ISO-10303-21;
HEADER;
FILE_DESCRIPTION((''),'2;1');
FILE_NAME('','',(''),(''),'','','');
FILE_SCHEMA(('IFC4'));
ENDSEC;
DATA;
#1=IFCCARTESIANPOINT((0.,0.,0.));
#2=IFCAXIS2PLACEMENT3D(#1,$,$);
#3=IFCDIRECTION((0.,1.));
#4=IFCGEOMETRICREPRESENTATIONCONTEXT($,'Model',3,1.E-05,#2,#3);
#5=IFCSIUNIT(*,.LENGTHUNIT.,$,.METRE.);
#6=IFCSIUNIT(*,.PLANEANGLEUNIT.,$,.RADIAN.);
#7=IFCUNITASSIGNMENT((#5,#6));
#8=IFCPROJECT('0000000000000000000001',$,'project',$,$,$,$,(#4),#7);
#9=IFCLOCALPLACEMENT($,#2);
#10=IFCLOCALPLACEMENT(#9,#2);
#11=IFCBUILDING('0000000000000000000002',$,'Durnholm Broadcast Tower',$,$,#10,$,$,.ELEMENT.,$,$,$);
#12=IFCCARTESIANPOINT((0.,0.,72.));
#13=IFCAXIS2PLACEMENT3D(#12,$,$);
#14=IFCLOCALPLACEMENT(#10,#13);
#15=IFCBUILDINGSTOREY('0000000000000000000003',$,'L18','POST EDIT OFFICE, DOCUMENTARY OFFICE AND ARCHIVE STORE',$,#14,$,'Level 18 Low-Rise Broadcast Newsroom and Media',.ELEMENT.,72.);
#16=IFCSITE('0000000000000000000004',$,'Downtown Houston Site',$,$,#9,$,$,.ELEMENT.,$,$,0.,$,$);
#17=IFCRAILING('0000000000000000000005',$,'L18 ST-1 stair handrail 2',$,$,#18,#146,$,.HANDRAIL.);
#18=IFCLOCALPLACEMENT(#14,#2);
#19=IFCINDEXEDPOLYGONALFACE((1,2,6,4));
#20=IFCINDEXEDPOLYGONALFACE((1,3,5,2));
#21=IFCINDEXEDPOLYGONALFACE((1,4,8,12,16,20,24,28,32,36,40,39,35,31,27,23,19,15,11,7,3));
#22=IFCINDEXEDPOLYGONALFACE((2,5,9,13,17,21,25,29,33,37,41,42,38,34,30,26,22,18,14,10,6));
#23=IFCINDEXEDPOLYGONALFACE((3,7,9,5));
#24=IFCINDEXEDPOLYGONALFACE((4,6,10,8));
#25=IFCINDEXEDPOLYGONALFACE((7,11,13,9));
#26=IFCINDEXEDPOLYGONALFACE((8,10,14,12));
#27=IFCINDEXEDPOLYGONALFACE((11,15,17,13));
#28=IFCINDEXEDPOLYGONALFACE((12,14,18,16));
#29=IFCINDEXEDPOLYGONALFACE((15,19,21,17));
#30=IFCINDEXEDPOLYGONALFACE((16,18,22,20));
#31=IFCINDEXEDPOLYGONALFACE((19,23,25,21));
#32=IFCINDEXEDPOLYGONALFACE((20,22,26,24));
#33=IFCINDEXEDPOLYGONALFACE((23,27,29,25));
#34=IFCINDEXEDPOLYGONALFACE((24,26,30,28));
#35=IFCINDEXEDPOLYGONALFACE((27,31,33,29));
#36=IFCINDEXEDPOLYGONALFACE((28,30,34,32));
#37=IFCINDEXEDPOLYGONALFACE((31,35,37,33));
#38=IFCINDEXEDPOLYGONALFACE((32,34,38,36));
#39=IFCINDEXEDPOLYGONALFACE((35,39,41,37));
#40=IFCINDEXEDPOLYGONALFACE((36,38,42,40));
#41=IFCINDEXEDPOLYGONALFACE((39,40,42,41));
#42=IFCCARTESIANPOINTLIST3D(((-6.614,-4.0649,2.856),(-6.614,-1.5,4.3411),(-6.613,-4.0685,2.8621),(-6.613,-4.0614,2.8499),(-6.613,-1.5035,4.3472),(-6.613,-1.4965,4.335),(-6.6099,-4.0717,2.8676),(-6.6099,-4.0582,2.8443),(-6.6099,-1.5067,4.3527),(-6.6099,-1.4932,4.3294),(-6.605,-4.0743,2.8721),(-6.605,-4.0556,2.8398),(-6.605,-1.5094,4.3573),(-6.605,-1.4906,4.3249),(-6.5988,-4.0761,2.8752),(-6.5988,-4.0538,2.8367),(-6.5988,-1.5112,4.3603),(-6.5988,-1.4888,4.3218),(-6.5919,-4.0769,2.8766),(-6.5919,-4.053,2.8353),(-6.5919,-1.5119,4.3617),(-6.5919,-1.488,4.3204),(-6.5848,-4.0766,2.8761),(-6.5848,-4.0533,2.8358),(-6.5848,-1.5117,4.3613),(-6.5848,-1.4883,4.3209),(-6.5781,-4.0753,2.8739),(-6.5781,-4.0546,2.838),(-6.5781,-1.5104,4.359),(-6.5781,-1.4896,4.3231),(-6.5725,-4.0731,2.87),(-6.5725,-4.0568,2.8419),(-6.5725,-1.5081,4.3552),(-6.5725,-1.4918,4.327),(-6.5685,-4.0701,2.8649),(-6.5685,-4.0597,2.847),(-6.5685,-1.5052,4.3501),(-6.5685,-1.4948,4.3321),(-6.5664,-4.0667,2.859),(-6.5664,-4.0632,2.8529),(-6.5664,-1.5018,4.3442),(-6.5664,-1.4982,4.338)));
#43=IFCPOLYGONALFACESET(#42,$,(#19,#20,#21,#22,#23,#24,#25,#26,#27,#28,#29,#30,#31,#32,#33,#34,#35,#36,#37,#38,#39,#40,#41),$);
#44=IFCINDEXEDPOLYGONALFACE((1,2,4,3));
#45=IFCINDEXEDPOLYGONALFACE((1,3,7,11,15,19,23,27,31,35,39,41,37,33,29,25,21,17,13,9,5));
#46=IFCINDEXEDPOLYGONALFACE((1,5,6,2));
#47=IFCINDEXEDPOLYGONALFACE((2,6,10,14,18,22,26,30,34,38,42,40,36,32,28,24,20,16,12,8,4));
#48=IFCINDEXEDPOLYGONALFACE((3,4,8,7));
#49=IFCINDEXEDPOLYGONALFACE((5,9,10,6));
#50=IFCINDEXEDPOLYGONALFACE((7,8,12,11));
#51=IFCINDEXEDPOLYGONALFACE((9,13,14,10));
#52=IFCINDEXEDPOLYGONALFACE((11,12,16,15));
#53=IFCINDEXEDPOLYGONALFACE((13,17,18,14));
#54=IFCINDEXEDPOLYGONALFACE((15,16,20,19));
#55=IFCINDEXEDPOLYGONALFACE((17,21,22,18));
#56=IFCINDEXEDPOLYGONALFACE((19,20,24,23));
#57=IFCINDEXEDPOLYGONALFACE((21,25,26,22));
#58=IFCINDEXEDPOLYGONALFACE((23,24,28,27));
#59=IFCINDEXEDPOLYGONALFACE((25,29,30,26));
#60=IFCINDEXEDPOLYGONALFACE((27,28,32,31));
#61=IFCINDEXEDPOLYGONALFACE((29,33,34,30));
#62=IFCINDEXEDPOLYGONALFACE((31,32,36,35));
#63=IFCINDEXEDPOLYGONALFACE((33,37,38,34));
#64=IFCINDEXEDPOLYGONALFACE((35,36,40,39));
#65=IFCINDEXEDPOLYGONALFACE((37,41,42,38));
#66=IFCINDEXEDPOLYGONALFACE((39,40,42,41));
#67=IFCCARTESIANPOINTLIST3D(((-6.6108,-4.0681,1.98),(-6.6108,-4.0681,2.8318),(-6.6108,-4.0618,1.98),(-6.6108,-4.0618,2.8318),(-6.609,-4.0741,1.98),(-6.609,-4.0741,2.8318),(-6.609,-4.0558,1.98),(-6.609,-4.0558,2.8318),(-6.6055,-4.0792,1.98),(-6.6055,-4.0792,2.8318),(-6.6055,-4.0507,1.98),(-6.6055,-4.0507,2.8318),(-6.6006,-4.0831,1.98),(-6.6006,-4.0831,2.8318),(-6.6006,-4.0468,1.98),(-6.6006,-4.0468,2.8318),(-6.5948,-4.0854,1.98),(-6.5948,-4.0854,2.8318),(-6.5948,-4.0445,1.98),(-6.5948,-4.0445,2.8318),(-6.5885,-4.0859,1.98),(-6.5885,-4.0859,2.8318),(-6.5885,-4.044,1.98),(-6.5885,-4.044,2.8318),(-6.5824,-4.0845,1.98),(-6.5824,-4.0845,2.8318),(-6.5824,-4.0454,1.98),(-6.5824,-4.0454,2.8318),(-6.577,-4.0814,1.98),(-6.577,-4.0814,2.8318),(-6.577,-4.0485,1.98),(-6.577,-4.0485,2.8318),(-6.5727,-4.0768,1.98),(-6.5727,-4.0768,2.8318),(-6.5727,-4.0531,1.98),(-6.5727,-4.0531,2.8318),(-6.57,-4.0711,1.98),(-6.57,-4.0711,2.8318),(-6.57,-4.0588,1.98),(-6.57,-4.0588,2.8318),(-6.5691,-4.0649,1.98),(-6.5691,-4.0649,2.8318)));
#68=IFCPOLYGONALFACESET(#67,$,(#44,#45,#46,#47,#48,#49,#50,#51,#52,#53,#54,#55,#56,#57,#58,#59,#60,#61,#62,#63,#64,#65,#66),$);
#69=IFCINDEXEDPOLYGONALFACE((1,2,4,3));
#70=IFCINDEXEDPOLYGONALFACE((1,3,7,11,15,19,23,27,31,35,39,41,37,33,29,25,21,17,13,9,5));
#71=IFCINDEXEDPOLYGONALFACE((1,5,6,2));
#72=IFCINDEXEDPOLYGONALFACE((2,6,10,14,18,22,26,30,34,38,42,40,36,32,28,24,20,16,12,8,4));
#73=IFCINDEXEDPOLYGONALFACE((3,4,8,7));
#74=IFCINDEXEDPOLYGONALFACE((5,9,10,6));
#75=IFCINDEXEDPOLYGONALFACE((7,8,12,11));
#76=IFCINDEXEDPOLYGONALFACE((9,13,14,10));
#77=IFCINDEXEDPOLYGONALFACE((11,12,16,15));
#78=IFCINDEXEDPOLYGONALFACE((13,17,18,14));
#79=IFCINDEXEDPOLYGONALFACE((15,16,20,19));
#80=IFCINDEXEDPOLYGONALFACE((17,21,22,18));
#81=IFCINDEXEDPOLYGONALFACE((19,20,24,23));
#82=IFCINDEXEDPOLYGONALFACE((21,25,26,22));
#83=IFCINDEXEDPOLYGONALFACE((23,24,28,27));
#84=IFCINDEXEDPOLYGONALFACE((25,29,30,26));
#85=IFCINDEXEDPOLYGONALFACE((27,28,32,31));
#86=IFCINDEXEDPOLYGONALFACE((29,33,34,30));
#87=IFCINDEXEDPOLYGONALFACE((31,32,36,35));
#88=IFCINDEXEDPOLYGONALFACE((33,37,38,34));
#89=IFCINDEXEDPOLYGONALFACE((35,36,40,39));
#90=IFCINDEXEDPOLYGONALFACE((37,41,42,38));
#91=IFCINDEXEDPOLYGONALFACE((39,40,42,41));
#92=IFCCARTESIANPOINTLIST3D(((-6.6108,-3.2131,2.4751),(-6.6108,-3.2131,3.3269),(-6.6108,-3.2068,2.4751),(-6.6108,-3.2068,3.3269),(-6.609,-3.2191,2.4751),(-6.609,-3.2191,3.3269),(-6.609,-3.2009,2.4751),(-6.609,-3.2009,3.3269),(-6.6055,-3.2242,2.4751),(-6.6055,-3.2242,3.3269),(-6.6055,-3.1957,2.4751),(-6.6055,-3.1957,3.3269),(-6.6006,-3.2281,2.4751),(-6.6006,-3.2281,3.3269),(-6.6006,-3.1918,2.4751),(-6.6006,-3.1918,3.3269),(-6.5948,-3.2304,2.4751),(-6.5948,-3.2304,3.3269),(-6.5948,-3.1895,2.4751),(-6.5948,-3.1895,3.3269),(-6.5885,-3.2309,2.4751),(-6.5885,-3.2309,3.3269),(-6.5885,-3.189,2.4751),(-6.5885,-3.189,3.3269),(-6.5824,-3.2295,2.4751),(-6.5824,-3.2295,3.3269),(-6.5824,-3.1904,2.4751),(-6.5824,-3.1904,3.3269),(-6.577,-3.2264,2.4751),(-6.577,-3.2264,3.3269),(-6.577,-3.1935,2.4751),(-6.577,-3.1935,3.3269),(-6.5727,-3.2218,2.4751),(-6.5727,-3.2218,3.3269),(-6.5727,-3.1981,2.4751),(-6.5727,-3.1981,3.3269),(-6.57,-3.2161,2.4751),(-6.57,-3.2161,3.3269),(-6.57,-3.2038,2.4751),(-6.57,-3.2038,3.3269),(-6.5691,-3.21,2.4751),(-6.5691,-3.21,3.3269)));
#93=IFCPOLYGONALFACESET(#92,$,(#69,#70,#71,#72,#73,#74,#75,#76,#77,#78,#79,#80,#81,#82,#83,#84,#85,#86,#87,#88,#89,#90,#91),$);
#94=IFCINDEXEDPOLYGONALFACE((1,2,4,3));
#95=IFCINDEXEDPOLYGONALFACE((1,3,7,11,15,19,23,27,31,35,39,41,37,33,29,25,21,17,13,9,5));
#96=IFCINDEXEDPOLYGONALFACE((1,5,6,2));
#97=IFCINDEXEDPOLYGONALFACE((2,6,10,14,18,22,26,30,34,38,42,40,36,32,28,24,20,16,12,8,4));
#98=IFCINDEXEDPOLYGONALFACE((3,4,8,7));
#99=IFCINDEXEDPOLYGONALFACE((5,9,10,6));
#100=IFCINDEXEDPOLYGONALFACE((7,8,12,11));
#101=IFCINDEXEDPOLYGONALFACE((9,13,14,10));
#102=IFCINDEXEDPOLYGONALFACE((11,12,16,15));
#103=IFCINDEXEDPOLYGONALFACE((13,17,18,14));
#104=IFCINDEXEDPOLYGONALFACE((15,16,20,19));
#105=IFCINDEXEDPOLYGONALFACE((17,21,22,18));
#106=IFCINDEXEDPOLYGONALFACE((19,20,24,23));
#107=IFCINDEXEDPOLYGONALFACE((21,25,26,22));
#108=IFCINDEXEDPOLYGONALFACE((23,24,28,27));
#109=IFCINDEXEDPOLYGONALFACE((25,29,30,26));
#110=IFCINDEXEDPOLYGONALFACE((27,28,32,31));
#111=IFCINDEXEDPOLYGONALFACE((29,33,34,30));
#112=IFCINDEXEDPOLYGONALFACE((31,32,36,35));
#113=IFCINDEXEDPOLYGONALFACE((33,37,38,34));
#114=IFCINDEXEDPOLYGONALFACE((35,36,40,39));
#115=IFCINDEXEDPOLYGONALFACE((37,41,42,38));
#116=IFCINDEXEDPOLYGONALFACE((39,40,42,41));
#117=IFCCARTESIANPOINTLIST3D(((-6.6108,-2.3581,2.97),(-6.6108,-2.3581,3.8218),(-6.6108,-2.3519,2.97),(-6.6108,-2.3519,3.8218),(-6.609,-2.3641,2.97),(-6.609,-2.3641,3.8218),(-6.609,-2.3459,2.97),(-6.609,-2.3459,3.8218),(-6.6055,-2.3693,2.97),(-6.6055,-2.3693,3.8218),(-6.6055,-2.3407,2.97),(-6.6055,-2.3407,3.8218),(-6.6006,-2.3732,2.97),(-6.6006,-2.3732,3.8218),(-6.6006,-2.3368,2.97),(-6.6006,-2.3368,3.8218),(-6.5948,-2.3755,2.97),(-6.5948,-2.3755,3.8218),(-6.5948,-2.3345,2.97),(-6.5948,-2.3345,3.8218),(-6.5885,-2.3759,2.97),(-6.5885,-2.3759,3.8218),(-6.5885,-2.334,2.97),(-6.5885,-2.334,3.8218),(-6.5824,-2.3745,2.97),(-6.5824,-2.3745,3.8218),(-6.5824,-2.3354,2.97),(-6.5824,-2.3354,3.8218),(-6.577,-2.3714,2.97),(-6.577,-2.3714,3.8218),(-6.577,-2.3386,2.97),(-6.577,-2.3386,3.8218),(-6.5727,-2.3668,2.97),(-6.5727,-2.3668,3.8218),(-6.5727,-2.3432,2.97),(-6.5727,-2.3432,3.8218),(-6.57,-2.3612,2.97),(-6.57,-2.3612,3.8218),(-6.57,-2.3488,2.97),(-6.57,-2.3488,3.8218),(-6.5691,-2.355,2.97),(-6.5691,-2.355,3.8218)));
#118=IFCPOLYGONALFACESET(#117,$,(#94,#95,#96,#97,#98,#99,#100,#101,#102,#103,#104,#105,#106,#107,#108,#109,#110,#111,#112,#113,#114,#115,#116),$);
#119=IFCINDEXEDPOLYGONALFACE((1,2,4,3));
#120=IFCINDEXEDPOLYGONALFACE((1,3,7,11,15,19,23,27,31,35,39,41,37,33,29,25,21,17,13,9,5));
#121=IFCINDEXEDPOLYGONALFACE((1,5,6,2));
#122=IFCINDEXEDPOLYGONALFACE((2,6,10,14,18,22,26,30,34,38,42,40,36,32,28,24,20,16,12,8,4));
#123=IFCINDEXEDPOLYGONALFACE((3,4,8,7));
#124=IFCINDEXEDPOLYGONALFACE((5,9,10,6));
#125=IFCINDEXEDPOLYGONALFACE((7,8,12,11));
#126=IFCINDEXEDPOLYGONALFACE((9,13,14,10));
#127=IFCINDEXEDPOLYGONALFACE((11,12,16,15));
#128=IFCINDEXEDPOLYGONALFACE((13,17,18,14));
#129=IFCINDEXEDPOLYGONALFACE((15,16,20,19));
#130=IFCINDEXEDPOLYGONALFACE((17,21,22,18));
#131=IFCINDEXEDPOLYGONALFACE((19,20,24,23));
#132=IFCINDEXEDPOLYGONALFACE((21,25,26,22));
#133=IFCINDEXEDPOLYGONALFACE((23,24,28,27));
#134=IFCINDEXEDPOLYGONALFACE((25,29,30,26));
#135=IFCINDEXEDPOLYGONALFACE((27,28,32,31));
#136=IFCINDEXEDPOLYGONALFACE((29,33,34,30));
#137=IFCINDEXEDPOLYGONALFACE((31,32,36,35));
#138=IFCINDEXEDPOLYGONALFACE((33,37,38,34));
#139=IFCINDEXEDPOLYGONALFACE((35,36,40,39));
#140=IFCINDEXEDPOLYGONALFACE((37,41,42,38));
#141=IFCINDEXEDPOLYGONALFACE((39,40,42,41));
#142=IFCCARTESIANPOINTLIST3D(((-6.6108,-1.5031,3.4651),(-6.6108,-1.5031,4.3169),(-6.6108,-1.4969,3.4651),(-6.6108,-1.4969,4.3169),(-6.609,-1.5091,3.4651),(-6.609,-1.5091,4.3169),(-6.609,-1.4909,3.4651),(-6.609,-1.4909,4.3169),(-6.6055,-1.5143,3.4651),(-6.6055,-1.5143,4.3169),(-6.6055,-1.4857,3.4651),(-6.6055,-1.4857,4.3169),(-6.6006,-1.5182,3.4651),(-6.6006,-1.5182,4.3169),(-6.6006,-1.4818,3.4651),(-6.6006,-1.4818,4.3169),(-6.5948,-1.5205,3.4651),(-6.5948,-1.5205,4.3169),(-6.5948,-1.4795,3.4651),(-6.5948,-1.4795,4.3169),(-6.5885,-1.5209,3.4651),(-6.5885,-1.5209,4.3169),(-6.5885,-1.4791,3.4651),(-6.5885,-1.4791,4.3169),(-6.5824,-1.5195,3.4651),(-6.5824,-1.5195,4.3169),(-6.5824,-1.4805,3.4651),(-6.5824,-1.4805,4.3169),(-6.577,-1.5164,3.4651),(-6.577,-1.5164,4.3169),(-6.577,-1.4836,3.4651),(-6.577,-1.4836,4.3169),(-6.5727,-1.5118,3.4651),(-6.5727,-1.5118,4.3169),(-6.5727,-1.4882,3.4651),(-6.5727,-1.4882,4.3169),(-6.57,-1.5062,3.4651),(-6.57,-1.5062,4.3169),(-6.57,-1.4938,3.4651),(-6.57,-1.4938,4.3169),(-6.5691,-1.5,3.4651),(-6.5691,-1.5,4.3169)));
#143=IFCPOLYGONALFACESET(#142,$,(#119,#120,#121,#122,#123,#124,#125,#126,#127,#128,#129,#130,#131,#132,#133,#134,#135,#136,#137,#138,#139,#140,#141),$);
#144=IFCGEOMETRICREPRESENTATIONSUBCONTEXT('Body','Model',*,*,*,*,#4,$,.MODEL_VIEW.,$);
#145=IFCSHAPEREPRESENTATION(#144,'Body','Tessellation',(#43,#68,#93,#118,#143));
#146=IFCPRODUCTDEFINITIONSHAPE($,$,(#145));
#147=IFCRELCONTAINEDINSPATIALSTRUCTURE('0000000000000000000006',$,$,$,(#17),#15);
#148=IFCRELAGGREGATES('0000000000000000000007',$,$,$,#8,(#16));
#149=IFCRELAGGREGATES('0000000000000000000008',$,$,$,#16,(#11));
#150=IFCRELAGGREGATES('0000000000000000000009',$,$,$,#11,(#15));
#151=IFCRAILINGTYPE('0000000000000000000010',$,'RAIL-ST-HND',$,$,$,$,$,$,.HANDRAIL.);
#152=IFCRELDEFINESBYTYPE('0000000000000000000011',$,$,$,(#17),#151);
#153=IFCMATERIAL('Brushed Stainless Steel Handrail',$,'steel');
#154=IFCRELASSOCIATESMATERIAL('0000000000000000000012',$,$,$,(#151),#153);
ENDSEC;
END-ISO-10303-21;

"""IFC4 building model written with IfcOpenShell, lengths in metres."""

from ifc_helpers import new_model, si_unit, direction, frame, origin, origin_2d, place, context, subcontext, project, spatial, circle, extrude, material, type_object, element, save


model = new_model("IFC4")

# Units and contexts
model_context = context("Model", 3, precision=1e-05, world=origin(), true_north=direction((0.0, 1.0)))
body_context = subcontext(model_context, "Body", "Model", "MODEL_VIEW")
ifc_project = project(units=[si_unit("LENGTHUNIT", "METRE"), si_unit("PLANEANGLEUNIT", "RADIAN")], contexts=[model_context])

# Site, building, storey
site_placement = place(None, origin())
site = spatial("IfcSite", under=ifc_project, at=site_placement, Name="Downtown Houston Site", CompositionType="ELEMENT", RefElevation=0.0)
building_placement = place(site_placement, origin())
building = spatial("IfcBuilding", under=site, at=building_placement, Name="Durnholm Broadcast Tower", CompositionType="ELEMENT")
storey_placement = place(building_placement, frame((0.0, 0.0, 72.0)))
storey = spatial("IfcBuildingStorey", under=building, at=storey_placement, Name="L18", Description="POST EDIT OFFICE, DOCUMENTARY OFFICE AND ARCHIVE STORE", LongName="Level 18 Low-Rise Broadcast Newsroom and Media", CompositionType="ELEMENT", Elevation=72.0)

# Railing
ifc_material_1 = material(Name="Brushed Stainless Steel Handrail", Category="steel")
railing_type_1 = type_object("IfcRailingType", Name="RAIL-ST-HND", PredefinedType="HANDRAIL", material=ifc_material_1)
railing_1_placement = place(storey_placement, frame((-6.5901, -4.0649, 1.98)))
element("IfcRailing", 1, at=railing_1_placement, inside=storey, type_object=railing_type_1, Name="L18 ST-1 stair handrail 2", PredefinedType="HANDRAIL", context=body_context, shape_type="SweptSolid", body=[
    extrude(circle(Radius=0.0239, at=origin_2d()), frame((0.0, 0.0, 0.876), z_axis=(0.0, 0.865406, 0.501072), x_axis=(-1.0, 0.0, 0.0)), (0.0, 0.0, 1.0), 2.9639),
    extrude(circle(Radius=0.021, at=origin_2d()), origin(), (0.0, 0.0, 1.0), 0.8518),
    extrude(circle(Radius=0.021, at=origin_2d()), frame((0.0, 0.855, 0.4951)), (0.0, 0.0, 1.0), 0.8518),
    extrude(circle(Radius=0.021, at=origin_2d()), frame((0.0, 1.71, 0.99)), (0.0, 0.0, 1.0), 0.8518),
    extrude(circle(Radius=0.021, at=origin_2d()), frame((0.0, 2.5649, 1.4851)), (0.0, 0.0, 1.0), 0.8518),
])

save(model, "model.ifc")
